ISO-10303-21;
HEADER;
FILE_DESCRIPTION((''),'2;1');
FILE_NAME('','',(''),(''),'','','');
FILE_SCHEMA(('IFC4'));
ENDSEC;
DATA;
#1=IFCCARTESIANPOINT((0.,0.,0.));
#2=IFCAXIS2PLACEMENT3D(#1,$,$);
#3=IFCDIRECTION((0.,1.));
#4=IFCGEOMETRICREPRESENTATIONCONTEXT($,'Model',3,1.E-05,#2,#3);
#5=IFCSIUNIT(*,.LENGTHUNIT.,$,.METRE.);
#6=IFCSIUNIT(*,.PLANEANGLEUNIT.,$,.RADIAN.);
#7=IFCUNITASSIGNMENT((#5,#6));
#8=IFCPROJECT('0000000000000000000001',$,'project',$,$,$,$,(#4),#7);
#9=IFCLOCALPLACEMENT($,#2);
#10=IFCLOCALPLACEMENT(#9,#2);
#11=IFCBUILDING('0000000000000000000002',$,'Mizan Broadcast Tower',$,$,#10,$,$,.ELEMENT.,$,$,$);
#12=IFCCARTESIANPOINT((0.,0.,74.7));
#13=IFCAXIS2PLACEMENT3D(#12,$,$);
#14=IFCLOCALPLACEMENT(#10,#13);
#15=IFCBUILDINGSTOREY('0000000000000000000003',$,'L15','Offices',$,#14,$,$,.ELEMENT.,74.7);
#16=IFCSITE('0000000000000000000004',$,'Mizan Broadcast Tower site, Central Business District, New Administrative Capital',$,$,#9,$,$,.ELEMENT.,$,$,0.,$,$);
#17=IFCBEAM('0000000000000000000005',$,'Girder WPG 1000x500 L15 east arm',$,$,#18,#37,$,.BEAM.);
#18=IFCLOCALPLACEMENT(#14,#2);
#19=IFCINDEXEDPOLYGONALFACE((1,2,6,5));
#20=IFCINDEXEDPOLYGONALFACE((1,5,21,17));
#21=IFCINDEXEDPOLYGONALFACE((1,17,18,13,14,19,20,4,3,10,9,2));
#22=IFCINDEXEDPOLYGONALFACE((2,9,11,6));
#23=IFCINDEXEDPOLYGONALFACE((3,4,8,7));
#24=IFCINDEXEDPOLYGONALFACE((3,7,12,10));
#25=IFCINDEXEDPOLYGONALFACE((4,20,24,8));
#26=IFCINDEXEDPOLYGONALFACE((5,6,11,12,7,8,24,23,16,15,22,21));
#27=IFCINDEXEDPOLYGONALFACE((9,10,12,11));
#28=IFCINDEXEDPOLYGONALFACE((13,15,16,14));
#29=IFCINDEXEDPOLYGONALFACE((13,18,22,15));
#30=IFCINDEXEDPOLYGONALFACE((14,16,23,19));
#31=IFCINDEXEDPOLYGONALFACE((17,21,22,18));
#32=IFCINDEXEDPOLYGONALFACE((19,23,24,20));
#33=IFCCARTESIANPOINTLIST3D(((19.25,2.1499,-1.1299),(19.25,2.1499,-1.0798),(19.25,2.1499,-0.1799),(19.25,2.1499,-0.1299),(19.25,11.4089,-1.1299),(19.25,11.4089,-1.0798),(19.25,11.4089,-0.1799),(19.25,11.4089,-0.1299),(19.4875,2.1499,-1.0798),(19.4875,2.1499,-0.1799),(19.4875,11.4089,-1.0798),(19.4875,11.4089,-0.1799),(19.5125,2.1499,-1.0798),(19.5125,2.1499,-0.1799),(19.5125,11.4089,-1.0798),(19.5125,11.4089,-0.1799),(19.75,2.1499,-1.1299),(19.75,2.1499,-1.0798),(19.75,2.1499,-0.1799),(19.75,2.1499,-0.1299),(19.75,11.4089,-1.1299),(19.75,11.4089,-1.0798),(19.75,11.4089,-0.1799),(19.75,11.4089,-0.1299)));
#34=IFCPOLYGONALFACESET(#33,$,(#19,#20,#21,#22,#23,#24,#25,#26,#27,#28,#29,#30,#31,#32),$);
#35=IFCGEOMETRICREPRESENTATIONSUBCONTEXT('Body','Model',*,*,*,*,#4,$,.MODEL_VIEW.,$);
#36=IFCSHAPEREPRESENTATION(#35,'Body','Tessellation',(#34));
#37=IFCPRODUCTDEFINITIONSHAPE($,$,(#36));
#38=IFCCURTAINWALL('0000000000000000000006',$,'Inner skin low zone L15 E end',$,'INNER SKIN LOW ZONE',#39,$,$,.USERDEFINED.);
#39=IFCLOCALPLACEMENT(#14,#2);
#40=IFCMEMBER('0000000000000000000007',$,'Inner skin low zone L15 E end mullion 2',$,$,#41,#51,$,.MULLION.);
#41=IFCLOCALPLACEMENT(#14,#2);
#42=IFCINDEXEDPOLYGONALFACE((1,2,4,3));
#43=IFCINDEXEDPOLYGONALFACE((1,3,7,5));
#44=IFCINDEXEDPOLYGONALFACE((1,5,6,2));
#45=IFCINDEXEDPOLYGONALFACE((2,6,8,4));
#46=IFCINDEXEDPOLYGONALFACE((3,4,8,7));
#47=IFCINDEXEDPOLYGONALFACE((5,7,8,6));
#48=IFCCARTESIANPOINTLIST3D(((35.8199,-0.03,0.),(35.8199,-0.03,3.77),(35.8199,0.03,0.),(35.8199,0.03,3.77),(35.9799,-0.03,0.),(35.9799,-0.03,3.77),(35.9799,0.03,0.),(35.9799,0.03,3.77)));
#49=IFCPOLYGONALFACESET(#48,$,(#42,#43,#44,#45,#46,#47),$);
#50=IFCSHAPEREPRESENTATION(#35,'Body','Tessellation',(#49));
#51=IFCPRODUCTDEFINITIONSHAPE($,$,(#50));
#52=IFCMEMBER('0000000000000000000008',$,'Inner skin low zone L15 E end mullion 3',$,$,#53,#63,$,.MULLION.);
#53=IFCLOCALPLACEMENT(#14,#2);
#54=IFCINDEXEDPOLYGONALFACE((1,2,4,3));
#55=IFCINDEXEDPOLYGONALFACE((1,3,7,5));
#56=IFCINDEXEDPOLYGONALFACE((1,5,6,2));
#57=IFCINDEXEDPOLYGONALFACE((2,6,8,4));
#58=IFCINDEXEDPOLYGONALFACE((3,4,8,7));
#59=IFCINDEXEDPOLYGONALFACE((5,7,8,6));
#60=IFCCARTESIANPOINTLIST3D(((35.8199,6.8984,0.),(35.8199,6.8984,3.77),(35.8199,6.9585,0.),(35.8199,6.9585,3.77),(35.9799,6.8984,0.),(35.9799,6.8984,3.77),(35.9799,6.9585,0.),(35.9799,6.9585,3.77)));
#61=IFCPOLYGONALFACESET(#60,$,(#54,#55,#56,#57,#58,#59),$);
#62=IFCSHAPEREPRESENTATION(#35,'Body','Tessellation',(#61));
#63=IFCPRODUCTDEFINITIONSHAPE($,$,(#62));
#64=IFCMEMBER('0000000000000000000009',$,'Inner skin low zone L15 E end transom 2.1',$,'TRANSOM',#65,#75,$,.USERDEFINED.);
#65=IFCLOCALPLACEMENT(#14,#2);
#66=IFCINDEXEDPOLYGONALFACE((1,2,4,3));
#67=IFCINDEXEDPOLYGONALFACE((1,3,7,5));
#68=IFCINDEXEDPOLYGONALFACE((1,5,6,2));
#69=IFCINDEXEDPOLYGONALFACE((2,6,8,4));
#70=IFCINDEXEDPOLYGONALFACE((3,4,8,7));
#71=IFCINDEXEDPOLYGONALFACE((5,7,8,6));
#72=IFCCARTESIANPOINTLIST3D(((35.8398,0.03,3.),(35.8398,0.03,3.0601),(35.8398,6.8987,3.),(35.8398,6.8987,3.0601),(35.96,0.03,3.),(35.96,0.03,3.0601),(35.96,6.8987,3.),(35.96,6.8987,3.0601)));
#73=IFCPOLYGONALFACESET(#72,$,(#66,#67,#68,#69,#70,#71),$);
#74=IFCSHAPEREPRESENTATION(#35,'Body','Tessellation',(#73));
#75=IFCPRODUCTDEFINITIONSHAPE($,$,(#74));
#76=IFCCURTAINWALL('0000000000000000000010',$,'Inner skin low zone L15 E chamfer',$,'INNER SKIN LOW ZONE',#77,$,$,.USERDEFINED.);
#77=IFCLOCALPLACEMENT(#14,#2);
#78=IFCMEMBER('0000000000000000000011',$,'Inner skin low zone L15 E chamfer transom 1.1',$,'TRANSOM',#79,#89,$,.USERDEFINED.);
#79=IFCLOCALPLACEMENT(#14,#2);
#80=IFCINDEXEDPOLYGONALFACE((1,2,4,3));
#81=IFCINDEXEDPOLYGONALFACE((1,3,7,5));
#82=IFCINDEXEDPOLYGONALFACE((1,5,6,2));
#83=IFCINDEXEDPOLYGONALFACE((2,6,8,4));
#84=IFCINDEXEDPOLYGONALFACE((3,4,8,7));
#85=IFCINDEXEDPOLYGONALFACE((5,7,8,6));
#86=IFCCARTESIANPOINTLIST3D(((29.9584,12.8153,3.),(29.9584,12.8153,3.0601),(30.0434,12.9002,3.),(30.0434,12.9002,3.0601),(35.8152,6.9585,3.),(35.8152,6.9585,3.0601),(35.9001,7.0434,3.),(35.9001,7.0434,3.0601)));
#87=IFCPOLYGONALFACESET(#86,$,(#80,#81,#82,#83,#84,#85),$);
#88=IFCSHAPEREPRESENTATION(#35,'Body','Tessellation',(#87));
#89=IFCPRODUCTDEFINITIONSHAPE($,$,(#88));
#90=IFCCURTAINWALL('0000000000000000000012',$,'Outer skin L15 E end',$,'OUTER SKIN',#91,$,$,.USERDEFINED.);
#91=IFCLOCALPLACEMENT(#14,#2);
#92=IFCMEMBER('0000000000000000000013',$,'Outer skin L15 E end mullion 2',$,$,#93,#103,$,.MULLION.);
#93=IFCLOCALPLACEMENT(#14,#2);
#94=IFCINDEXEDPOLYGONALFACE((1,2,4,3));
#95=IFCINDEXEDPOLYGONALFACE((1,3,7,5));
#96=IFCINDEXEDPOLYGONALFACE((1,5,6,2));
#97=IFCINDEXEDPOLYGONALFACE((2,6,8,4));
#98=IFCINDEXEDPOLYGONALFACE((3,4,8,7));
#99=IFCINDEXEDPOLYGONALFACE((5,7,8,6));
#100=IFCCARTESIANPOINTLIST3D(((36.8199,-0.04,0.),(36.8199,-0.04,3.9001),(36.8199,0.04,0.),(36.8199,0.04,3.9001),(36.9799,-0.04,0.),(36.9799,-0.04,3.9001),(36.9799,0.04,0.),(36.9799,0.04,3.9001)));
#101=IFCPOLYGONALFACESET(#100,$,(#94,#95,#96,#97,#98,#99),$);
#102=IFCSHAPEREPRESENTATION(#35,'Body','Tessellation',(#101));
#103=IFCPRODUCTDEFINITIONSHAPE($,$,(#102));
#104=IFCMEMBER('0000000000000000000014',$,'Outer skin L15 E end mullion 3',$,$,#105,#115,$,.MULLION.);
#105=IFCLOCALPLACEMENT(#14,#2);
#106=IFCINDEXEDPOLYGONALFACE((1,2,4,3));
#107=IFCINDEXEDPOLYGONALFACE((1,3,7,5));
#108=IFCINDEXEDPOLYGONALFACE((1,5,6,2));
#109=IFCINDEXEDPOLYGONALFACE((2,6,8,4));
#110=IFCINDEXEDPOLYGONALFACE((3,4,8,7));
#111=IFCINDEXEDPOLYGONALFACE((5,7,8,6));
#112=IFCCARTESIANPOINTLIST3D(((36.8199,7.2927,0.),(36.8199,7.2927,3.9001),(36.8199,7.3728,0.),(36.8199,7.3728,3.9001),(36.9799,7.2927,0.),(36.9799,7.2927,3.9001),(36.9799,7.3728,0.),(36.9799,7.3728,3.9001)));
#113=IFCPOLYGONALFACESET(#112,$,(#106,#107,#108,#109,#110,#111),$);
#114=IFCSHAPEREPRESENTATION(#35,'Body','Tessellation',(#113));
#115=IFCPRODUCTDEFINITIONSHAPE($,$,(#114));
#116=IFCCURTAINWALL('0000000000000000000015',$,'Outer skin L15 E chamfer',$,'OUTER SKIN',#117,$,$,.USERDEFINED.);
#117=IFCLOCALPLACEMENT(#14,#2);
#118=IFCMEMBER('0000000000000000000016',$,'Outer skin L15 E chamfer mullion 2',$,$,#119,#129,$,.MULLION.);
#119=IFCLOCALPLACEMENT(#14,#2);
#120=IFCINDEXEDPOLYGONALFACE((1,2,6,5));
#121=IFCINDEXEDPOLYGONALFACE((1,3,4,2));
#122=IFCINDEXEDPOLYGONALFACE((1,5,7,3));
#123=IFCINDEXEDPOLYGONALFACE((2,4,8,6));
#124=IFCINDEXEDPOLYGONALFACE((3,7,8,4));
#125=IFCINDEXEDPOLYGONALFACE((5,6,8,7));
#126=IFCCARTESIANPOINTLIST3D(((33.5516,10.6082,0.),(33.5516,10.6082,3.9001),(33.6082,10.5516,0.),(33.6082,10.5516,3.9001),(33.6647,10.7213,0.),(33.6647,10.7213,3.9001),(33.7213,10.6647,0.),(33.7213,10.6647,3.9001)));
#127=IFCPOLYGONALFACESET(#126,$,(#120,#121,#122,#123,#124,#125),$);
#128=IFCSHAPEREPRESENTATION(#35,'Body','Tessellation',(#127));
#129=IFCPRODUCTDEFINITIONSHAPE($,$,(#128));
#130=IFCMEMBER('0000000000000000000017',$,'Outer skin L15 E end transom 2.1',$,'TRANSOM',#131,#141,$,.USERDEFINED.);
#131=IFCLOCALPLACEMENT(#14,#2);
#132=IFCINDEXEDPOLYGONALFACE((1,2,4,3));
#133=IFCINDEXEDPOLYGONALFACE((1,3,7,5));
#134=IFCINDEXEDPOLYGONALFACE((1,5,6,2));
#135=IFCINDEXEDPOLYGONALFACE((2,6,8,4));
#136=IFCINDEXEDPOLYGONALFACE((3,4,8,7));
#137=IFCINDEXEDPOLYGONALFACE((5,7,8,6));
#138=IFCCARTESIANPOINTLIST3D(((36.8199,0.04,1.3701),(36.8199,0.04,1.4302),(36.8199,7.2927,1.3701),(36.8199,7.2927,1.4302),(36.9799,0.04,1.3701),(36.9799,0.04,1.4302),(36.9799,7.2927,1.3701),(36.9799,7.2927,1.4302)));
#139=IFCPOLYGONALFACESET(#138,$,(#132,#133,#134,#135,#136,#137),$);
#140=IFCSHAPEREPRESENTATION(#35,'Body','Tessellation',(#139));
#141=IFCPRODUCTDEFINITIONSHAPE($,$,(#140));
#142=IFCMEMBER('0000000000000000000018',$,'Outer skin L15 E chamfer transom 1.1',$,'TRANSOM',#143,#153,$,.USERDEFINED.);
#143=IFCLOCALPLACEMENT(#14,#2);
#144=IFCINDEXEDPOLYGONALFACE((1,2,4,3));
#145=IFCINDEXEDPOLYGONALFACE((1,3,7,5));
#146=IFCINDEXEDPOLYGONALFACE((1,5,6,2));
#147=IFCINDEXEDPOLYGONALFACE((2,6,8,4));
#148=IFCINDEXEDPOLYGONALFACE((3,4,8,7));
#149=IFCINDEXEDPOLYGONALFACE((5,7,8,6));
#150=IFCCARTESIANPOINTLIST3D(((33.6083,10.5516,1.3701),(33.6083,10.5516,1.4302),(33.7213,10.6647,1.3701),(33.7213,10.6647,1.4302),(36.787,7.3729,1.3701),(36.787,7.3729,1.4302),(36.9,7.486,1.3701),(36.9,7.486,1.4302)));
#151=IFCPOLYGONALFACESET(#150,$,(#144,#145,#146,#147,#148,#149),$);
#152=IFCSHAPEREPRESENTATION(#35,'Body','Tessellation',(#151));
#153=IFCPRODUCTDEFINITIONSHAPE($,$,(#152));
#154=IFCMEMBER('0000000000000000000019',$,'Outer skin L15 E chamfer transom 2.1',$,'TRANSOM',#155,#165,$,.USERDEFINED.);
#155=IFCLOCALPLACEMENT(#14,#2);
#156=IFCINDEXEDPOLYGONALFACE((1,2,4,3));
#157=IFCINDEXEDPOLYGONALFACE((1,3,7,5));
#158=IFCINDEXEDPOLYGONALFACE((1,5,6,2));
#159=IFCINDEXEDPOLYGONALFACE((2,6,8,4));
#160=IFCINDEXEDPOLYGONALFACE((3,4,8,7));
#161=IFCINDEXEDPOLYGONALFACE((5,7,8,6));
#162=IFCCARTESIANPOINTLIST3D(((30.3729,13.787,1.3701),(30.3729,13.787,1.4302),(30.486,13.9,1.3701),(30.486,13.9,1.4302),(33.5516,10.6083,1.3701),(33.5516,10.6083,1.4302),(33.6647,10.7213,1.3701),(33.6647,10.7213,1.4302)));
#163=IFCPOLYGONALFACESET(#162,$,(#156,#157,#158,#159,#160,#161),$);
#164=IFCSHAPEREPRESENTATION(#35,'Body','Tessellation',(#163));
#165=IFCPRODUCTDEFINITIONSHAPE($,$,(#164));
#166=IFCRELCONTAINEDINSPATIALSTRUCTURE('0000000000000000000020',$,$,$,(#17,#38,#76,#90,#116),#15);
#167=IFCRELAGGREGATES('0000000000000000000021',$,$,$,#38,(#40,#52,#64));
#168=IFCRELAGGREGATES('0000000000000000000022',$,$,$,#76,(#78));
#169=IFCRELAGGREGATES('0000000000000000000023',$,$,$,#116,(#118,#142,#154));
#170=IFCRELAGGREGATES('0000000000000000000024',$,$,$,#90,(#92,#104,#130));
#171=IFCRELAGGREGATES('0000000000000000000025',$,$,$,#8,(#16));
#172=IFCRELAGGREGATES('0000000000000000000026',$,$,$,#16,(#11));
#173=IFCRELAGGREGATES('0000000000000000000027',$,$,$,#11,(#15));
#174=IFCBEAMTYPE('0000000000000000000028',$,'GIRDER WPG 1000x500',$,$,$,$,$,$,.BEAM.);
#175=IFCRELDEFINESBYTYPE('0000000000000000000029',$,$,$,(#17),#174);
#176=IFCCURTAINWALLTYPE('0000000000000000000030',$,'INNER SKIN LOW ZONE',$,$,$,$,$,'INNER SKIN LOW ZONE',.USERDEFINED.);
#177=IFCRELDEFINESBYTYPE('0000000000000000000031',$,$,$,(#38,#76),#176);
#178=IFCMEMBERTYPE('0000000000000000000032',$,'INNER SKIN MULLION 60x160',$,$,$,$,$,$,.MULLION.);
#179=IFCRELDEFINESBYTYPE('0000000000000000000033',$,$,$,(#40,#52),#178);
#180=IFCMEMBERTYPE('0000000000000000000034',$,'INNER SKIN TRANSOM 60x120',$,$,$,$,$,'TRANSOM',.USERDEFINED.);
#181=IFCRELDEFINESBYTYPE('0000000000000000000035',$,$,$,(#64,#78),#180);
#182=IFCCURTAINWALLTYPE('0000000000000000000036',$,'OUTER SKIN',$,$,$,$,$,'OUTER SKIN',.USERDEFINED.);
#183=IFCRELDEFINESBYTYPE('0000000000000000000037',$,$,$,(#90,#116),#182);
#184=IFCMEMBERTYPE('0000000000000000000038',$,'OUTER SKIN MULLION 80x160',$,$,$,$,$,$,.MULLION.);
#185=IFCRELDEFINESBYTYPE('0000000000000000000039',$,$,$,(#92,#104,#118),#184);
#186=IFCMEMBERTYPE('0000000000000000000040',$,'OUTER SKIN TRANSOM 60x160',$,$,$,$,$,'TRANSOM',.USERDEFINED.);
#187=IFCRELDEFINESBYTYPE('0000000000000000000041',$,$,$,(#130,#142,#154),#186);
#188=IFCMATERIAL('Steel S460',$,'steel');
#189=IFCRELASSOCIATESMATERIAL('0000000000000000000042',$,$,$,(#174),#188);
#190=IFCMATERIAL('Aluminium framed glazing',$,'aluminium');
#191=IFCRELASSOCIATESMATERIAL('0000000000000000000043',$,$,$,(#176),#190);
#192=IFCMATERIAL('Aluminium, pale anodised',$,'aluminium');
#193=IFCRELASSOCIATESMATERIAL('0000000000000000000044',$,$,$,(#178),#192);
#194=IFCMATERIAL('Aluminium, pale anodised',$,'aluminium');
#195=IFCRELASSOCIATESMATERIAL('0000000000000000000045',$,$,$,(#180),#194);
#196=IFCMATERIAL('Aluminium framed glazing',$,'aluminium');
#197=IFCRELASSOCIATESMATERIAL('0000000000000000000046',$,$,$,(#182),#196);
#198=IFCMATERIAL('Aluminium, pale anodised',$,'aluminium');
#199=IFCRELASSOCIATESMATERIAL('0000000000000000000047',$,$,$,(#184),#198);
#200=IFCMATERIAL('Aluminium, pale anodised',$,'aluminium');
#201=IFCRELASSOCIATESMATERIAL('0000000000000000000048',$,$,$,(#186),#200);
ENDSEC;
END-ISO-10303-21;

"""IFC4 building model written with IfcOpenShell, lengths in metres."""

from ifc_helpers import new_model, si_unit, direction, frame, origin, origin_2d, place, context, subcontext, project, spatial, rectangle, i_section, extrude, material, material_profile, profile_set, type_object, element, aggregate, save


model = new_model("IFC4")

# Units and contexts
model_context = context("Model", 3, precision=1e-05, world=origin(), true_north=direction((0.0, 1.0)))
body_context = subcontext(model_context, "Body", "Model", "MODEL_VIEW")
ifc_project = project(units=[si_unit("LENGTHUNIT", "METRE"), si_unit("PLANEANGLEUNIT", "RADIAN")], contexts=[model_context])

# Site, building, storey
site_placement = place(None, origin())
site = spatial("IfcSite", under=ifc_project, at=site_placement, Name="Mizan Broadcast Tower site, Central Business District, New Administrative Capital", CompositionType="ELEMENT", RefElevation=0.0)
building_placement = place(site_placement, origin())
building = spatial("IfcBuilding", under=site, at=building_placement, Name="Mizan Broadcast Tower", CompositionType="ELEMENT")
storey_placement = place(building_placement, frame((0.0, 0.0, 74.7)))
storey = spatial("IfcBuildingStorey", under=building, at=storey_placement, Name="L15", Description="Offices", CompositionType="ELEMENT", Elevation=74.7)

# Beam
ifc_material_1 = material(Name="Steel S460", Category="steel")
ifc_material_profile_1 = material_profile(ifc_material_1, i_section(OverallWidth=0.5, OverallDepth=1.0, WebThickness=0.0249, FlangeThickness=0.05, at=origin_2d()), Name="WPG 1000x500")
ifc_profile_set_1 = profile_set([ifc_material_profile_1], Name="Steel S460")
beam_type_1 = type_object("IfcBeamType", Name="GIRDER WPG 1000x500", PredefinedType="BEAM", material=ifc_profile_set_1)
beam_1_placement = place(storey_placement, frame((19.5, 11.4089, -0.6299), z_axis=(0.0, -1.0, 0.0), x_axis=(1.0, 0.0, 0.0)))
element("IfcBeam", 1, at=beam_1_placement, inside=storey, type_object=beam_type_1, Name="Girder WPG 1000x500 L15 east arm", PredefinedType="BEAM", context=body_context, shape_type="SweptSolid", body=[
    extrude(i_section(OverallWidth=0.5, OverallDepth=1.0, WebThickness=0.0249, FlangeThickness=0.05, at=origin_2d()), origin(), (0.0, 0.0, 1.0), 9.259),
])

# Curtain wall, members
ifc_material_2 = material(Name="Aluminium framed glazing", Category="aluminium")
curtain_wall_type_1 = type_object("IfcCurtainWallType", Name="INNER SKIN LOW ZONE", ElementType="INNER SKIN LOW ZONE", PredefinedType="USERDEFINED", material=ifc_material_2)
curtain_wall_1_placement = place(storey_placement, origin())
curtain_wall_1 = element("IfcCurtainWall", 2, at=curtain_wall_1_placement, inside=storey, type_object=curtain_wall_type_1, Name="Inner skin low zone L15 E end", ObjectType="INNER SKIN LOW ZONE", PredefinedType="USERDEFINED")
ifc_material_3 = material(Name="Aluminium, pale anodised", Category="aluminium")
ifc_material_profile_2 = material_profile(ifc_material_3, rectangle(XDim=0.1599, YDim=0.0601, at=origin_2d()), Name="MULLION 160x60")
ifc_profile_set_2 = profile_set([ifc_material_profile_2], Name="Aluminium, pale anodised")
member_type_1 = type_object("IfcMemberType", Name="INNER SKIN MULLION 60x160", PredefinedType="MULLION", material=ifc_profile_set_2)
member_1_placement = place(storey_placement, frame((35.8999, 0.0, 0.0), z_axis=(0.0, 0.0, 1.0), x_axis=(-1.0, 0.0, 0.0)))
member_1 = element("IfcMember", 3, at=member_1_placement, type_object=member_type_1, Name="Inner skin low zone L15 E end mullion 2", PredefinedType="MULLION", context=body_context, shape_type="SweptSolid", body=[
    extrude(rectangle(XDim=0.1599, YDim=0.0601, at=origin_2d()), origin(), (0.0, 0.0, 1.0), 3.77),
])
member_2_placement = place(storey_placement, frame((35.8999, 6.9285, 0.0), z_axis=(0.0, 0.0, 1.0), x_axis=(-1.0, 0.0, 0.0)))
member_2 = element("IfcMember", 4, at=member_2_placement, type_object=member_type_1, Name="Inner skin low zone L15 E end mullion 3", PredefinedType="MULLION", context=body_context, shape_type="SweptSolid", body=[
    extrude(rectangle(XDim=0.1599, YDim=0.0601, at=origin_2d()), origin(), (0.0, 0.0, 1.0), 3.77),
])
ifc_material_4 = material(Name="Aluminium, pale anodised", Category="aluminium")
ifc_material_profile_3 = material_profile(ifc_material_4, rectangle(XDim=0.1201, YDim=0.0601, at=origin_2d()), Name="TRANSOM 120x60")
ifc_profile_set_3 = profile_set([ifc_material_profile_3], Name="Aluminium, pale anodised")
member_type_2 = type_object("IfcMemberType", Name="INNER SKIN TRANSOM 60x120", ElementType="TRANSOM", PredefinedType="USERDEFINED", material=ifc_profile_set_3)
member_3_placement = place(storey_placement, frame((35.8999, 0.03, 3.03), z_axis=(0.0, 1.0, 0.0), x_axis=(-1.0, 0.0, 0.0)))
member_3 = element("IfcMember", 5, at=member_3_placement, type_object=member_type_2, Name="Inner skin low zone L15 E end transom 2.1", ObjectType="TRANSOM", PredefinedType="USERDEFINED", context=body_context, shape_type="SweptSolid", body=[
    extrude(rectangle(XDim=0.1201, YDim=0.0601, at=origin_2d()), origin(), (0.0, 0.0, 1.0), 6.8687),
])

# Curtain wall, member
curtain_wall_2_placement = place(storey_placement, origin())
curtain_wall_2 = element("IfcCurtainWall", 6, at=curtain_wall_2_placement, inside=storey, type_object=curtain_wall_type_1, Name="Inner skin low zone L15 E chamfer", ObjectType="INNER SKIN LOW ZONE", PredefinedType="USERDEFINED")
member_4_placement = place(storey_placement, frame((35.8577, 7.001, 3.03), z_axis=(-0.707107, 0.707107, 0.0), x_axis=(-0.707107, -0.707107, 0.0)))
member_4 = element("IfcMember", 7, at=member_4_placement, type_object=member_type_2, Name="Inner skin low zone L15 E chamfer transom 1.1", ObjectType="TRANSOM", PredefinedType="USERDEFINED", context=body_context, shape_type="SweptSolid", body=[
    extrude(rectangle(XDim=0.1201, YDim=0.0601, at=origin_2d()), origin(), (0.0, 0.0, 1.0), 8.2827),
])

# Curtain wall, members
ifc_material_5 = material(Name="Aluminium framed glazing", Category="aluminium")
curtain_wall_type_2 = type_object("IfcCurtainWallType", Name="OUTER SKIN", ElementType="OUTER SKIN", PredefinedType="USERDEFINED", material=ifc_material_5)
curtain_wall_3_placement = place(storey_placement, origin())
curtain_wall_3 = element("IfcCurtainWall", 8, at=curtain_wall_3_placement, inside=storey, type_object=curtain_wall_type_2, Name="Outer skin L15 E end", ObjectType="OUTER SKIN", PredefinedType="USERDEFINED")
ifc_material_6 = material(Name="Aluminium, pale anodised", Category="aluminium")
ifc_material_profile_4 = material_profile(ifc_material_6, rectangle(XDim=0.1599, YDim=0.0801, at=origin_2d()), Name="MULLION 160x80")
ifc_profile_set_4 = profile_set([ifc_material_profile_4], Name="Aluminium, pale anodised")
member_type_3 = type_object("IfcMemberType", Name="OUTER SKIN MULLION 80x160", PredefinedType="MULLION", material=ifc_profile_set_4)
member_5_placement = place(storey_placement, frame((36.8999, 0.0, 0.0), z_axis=(0.0, 0.0, 1.0), x_axis=(-1.0, 0.0, 0.0)))
member_5 = element("IfcMember", 9, at=member_5_placement, type_object=member_type_3, Name="Outer skin L15 E end mullion 2", PredefinedType="MULLION", context=body_context, shape_type="SweptSolid", body=[
    extrude(rectangle(XDim=0.1599, YDim=0.0801, at=origin_2d()), origin(), (0.0, 0.0, 1.0), 3.9001),
])
member_6_placement = place(storey_placement, frame((36.8999, 7.3328, 0.0), z_axis=(0.0, 0.0, 1.0), x_axis=(-1.0, 0.0, 0.0)))
member_6 = element("IfcMember", 10, at=member_6_placement, type_object=member_type_3, Name="Outer skin L15 E end mullion 3", PredefinedType="MULLION", context=body_context, shape_type="SweptSolid", body=[
    extrude(rectangle(XDim=0.1599, YDim=0.0801, at=origin_2d()), origin(), (0.0, 0.0, 1.0), 3.9001),
])

# Curtain wall, member
curtain_wall_4_placement = place(storey_placement, origin())
curtain_wall_4 = element("IfcCurtainWall", 11, at=curtain_wall_4_placement, inside=storey, type_object=curtain_wall_type_2, Name="Outer skin L15 E chamfer", ObjectType="OUTER SKIN", PredefinedType="USERDEFINED")
member_7_placement = place(storey_placement, frame((33.6365, 10.6365, 0.0), z_axis=(0.0, 0.0, 1.0), x_axis=(-0.707107, -0.707107, 0.0)))
member_7 = element("IfcMember", 12, at=member_7_placement, type_object=member_type_3, Name="Outer skin L15 E chamfer mullion 2", PredefinedType="MULLION", context=body_context, shape_type="SweptSolid", body=[
    extrude(rectangle(XDim=0.1599, YDim=0.0801, at=origin_2d()), origin(), (0.0, 0.0, 1.0), 3.9001),
])

# Members
ifc_material_7 = material(Name="Aluminium, pale anodised", Category="aluminium")
ifc_material_profile_5 = material_profile(ifc_material_7, rectangle(XDim=0.1599, YDim=0.0601, at=origin_2d()), Name="TRANSOM 160x60")
ifc_profile_set_5 = profile_set([ifc_material_profile_5], Name="Aluminium, pale anodised")
member_type_4 = type_object("IfcMemberType", Name="OUTER SKIN TRANSOM 60x160", ElementType="TRANSOM", PredefinedType="USERDEFINED", material=ifc_profile_set_5)
member_8_placement = place(storey_placement, frame((36.8999, 0.04, 1.4001), z_axis=(0.0, 1.0, 0.0), x_axis=(-1.0, 0.0, 0.0)))
member_8 = element("IfcMember", 13, at=member_8_placement, type_object=member_type_4, Name="Outer skin L15 E end transom 2.1", ObjectType="TRANSOM", PredefinedType="USERDEFINED", context=body_context, shape_type="SweptSolid", body=[
    extrude(rectangle(XDim=0.1599, YDim=0.0601, at=origin_2d()), origin(), (0.0, 0.0, 1.0), 7.2527),
])
member_9_placement = place(storey_placement, frame((36.8435, 7.4294, 1.4001), z_axis=(-0.707107, 0.707107, 0.0), x_axis=(-0.707107, -0.707107, 0.0)))
member_9 = element("IfcMember", 14, at=member_9_placement, type_object=member_type_4, Name="Outer skin L15 E chamfer transom 1.1", ObjectType="TRANSOM", PredefinedType="USERDEFINED", context=body_context, shape_type="SweptSolid", body=[
    extrude(rectangle(XDim=0.1599, YDim=0.0601, at=origin_2d()), origin(), (0.0, 0.0, 1.0), 4.4954),
])
member_10_placement = place(storey_placement, frame((33.6082, 10.6648, 1.4001), z_axis=(-0.707107, 0.707107, 0.0), x_axis=(-0.707107, -0.707107, 0.0)))
member_10 = element("IfcMember", 15, at=member_10_placement, type_object=member_type_4, Name="Outer skin L15 E chamfer transom 2.1", ObjectType="TRANSOM", PredefinedType="USERDEFINED", context=body_context, shape_type="SweptSolid", body=[
    extrude(rectangle(XDim=0.1599, YDim=0.0601, at=origin_2d()), origin(), (0.0, 0.0, 1.0), 4.4954),
])

aggregate(curtain_wall_1, [member_1, member_2, member_3])
aggregate(curtain_wall_2, [member_4])
aggregate(curtain_wall_4, [member_7, member_9, member_10])
aggregate(curtain_wall_3, [member_5, member_6, member_8])

save(model, "model.ifc")
